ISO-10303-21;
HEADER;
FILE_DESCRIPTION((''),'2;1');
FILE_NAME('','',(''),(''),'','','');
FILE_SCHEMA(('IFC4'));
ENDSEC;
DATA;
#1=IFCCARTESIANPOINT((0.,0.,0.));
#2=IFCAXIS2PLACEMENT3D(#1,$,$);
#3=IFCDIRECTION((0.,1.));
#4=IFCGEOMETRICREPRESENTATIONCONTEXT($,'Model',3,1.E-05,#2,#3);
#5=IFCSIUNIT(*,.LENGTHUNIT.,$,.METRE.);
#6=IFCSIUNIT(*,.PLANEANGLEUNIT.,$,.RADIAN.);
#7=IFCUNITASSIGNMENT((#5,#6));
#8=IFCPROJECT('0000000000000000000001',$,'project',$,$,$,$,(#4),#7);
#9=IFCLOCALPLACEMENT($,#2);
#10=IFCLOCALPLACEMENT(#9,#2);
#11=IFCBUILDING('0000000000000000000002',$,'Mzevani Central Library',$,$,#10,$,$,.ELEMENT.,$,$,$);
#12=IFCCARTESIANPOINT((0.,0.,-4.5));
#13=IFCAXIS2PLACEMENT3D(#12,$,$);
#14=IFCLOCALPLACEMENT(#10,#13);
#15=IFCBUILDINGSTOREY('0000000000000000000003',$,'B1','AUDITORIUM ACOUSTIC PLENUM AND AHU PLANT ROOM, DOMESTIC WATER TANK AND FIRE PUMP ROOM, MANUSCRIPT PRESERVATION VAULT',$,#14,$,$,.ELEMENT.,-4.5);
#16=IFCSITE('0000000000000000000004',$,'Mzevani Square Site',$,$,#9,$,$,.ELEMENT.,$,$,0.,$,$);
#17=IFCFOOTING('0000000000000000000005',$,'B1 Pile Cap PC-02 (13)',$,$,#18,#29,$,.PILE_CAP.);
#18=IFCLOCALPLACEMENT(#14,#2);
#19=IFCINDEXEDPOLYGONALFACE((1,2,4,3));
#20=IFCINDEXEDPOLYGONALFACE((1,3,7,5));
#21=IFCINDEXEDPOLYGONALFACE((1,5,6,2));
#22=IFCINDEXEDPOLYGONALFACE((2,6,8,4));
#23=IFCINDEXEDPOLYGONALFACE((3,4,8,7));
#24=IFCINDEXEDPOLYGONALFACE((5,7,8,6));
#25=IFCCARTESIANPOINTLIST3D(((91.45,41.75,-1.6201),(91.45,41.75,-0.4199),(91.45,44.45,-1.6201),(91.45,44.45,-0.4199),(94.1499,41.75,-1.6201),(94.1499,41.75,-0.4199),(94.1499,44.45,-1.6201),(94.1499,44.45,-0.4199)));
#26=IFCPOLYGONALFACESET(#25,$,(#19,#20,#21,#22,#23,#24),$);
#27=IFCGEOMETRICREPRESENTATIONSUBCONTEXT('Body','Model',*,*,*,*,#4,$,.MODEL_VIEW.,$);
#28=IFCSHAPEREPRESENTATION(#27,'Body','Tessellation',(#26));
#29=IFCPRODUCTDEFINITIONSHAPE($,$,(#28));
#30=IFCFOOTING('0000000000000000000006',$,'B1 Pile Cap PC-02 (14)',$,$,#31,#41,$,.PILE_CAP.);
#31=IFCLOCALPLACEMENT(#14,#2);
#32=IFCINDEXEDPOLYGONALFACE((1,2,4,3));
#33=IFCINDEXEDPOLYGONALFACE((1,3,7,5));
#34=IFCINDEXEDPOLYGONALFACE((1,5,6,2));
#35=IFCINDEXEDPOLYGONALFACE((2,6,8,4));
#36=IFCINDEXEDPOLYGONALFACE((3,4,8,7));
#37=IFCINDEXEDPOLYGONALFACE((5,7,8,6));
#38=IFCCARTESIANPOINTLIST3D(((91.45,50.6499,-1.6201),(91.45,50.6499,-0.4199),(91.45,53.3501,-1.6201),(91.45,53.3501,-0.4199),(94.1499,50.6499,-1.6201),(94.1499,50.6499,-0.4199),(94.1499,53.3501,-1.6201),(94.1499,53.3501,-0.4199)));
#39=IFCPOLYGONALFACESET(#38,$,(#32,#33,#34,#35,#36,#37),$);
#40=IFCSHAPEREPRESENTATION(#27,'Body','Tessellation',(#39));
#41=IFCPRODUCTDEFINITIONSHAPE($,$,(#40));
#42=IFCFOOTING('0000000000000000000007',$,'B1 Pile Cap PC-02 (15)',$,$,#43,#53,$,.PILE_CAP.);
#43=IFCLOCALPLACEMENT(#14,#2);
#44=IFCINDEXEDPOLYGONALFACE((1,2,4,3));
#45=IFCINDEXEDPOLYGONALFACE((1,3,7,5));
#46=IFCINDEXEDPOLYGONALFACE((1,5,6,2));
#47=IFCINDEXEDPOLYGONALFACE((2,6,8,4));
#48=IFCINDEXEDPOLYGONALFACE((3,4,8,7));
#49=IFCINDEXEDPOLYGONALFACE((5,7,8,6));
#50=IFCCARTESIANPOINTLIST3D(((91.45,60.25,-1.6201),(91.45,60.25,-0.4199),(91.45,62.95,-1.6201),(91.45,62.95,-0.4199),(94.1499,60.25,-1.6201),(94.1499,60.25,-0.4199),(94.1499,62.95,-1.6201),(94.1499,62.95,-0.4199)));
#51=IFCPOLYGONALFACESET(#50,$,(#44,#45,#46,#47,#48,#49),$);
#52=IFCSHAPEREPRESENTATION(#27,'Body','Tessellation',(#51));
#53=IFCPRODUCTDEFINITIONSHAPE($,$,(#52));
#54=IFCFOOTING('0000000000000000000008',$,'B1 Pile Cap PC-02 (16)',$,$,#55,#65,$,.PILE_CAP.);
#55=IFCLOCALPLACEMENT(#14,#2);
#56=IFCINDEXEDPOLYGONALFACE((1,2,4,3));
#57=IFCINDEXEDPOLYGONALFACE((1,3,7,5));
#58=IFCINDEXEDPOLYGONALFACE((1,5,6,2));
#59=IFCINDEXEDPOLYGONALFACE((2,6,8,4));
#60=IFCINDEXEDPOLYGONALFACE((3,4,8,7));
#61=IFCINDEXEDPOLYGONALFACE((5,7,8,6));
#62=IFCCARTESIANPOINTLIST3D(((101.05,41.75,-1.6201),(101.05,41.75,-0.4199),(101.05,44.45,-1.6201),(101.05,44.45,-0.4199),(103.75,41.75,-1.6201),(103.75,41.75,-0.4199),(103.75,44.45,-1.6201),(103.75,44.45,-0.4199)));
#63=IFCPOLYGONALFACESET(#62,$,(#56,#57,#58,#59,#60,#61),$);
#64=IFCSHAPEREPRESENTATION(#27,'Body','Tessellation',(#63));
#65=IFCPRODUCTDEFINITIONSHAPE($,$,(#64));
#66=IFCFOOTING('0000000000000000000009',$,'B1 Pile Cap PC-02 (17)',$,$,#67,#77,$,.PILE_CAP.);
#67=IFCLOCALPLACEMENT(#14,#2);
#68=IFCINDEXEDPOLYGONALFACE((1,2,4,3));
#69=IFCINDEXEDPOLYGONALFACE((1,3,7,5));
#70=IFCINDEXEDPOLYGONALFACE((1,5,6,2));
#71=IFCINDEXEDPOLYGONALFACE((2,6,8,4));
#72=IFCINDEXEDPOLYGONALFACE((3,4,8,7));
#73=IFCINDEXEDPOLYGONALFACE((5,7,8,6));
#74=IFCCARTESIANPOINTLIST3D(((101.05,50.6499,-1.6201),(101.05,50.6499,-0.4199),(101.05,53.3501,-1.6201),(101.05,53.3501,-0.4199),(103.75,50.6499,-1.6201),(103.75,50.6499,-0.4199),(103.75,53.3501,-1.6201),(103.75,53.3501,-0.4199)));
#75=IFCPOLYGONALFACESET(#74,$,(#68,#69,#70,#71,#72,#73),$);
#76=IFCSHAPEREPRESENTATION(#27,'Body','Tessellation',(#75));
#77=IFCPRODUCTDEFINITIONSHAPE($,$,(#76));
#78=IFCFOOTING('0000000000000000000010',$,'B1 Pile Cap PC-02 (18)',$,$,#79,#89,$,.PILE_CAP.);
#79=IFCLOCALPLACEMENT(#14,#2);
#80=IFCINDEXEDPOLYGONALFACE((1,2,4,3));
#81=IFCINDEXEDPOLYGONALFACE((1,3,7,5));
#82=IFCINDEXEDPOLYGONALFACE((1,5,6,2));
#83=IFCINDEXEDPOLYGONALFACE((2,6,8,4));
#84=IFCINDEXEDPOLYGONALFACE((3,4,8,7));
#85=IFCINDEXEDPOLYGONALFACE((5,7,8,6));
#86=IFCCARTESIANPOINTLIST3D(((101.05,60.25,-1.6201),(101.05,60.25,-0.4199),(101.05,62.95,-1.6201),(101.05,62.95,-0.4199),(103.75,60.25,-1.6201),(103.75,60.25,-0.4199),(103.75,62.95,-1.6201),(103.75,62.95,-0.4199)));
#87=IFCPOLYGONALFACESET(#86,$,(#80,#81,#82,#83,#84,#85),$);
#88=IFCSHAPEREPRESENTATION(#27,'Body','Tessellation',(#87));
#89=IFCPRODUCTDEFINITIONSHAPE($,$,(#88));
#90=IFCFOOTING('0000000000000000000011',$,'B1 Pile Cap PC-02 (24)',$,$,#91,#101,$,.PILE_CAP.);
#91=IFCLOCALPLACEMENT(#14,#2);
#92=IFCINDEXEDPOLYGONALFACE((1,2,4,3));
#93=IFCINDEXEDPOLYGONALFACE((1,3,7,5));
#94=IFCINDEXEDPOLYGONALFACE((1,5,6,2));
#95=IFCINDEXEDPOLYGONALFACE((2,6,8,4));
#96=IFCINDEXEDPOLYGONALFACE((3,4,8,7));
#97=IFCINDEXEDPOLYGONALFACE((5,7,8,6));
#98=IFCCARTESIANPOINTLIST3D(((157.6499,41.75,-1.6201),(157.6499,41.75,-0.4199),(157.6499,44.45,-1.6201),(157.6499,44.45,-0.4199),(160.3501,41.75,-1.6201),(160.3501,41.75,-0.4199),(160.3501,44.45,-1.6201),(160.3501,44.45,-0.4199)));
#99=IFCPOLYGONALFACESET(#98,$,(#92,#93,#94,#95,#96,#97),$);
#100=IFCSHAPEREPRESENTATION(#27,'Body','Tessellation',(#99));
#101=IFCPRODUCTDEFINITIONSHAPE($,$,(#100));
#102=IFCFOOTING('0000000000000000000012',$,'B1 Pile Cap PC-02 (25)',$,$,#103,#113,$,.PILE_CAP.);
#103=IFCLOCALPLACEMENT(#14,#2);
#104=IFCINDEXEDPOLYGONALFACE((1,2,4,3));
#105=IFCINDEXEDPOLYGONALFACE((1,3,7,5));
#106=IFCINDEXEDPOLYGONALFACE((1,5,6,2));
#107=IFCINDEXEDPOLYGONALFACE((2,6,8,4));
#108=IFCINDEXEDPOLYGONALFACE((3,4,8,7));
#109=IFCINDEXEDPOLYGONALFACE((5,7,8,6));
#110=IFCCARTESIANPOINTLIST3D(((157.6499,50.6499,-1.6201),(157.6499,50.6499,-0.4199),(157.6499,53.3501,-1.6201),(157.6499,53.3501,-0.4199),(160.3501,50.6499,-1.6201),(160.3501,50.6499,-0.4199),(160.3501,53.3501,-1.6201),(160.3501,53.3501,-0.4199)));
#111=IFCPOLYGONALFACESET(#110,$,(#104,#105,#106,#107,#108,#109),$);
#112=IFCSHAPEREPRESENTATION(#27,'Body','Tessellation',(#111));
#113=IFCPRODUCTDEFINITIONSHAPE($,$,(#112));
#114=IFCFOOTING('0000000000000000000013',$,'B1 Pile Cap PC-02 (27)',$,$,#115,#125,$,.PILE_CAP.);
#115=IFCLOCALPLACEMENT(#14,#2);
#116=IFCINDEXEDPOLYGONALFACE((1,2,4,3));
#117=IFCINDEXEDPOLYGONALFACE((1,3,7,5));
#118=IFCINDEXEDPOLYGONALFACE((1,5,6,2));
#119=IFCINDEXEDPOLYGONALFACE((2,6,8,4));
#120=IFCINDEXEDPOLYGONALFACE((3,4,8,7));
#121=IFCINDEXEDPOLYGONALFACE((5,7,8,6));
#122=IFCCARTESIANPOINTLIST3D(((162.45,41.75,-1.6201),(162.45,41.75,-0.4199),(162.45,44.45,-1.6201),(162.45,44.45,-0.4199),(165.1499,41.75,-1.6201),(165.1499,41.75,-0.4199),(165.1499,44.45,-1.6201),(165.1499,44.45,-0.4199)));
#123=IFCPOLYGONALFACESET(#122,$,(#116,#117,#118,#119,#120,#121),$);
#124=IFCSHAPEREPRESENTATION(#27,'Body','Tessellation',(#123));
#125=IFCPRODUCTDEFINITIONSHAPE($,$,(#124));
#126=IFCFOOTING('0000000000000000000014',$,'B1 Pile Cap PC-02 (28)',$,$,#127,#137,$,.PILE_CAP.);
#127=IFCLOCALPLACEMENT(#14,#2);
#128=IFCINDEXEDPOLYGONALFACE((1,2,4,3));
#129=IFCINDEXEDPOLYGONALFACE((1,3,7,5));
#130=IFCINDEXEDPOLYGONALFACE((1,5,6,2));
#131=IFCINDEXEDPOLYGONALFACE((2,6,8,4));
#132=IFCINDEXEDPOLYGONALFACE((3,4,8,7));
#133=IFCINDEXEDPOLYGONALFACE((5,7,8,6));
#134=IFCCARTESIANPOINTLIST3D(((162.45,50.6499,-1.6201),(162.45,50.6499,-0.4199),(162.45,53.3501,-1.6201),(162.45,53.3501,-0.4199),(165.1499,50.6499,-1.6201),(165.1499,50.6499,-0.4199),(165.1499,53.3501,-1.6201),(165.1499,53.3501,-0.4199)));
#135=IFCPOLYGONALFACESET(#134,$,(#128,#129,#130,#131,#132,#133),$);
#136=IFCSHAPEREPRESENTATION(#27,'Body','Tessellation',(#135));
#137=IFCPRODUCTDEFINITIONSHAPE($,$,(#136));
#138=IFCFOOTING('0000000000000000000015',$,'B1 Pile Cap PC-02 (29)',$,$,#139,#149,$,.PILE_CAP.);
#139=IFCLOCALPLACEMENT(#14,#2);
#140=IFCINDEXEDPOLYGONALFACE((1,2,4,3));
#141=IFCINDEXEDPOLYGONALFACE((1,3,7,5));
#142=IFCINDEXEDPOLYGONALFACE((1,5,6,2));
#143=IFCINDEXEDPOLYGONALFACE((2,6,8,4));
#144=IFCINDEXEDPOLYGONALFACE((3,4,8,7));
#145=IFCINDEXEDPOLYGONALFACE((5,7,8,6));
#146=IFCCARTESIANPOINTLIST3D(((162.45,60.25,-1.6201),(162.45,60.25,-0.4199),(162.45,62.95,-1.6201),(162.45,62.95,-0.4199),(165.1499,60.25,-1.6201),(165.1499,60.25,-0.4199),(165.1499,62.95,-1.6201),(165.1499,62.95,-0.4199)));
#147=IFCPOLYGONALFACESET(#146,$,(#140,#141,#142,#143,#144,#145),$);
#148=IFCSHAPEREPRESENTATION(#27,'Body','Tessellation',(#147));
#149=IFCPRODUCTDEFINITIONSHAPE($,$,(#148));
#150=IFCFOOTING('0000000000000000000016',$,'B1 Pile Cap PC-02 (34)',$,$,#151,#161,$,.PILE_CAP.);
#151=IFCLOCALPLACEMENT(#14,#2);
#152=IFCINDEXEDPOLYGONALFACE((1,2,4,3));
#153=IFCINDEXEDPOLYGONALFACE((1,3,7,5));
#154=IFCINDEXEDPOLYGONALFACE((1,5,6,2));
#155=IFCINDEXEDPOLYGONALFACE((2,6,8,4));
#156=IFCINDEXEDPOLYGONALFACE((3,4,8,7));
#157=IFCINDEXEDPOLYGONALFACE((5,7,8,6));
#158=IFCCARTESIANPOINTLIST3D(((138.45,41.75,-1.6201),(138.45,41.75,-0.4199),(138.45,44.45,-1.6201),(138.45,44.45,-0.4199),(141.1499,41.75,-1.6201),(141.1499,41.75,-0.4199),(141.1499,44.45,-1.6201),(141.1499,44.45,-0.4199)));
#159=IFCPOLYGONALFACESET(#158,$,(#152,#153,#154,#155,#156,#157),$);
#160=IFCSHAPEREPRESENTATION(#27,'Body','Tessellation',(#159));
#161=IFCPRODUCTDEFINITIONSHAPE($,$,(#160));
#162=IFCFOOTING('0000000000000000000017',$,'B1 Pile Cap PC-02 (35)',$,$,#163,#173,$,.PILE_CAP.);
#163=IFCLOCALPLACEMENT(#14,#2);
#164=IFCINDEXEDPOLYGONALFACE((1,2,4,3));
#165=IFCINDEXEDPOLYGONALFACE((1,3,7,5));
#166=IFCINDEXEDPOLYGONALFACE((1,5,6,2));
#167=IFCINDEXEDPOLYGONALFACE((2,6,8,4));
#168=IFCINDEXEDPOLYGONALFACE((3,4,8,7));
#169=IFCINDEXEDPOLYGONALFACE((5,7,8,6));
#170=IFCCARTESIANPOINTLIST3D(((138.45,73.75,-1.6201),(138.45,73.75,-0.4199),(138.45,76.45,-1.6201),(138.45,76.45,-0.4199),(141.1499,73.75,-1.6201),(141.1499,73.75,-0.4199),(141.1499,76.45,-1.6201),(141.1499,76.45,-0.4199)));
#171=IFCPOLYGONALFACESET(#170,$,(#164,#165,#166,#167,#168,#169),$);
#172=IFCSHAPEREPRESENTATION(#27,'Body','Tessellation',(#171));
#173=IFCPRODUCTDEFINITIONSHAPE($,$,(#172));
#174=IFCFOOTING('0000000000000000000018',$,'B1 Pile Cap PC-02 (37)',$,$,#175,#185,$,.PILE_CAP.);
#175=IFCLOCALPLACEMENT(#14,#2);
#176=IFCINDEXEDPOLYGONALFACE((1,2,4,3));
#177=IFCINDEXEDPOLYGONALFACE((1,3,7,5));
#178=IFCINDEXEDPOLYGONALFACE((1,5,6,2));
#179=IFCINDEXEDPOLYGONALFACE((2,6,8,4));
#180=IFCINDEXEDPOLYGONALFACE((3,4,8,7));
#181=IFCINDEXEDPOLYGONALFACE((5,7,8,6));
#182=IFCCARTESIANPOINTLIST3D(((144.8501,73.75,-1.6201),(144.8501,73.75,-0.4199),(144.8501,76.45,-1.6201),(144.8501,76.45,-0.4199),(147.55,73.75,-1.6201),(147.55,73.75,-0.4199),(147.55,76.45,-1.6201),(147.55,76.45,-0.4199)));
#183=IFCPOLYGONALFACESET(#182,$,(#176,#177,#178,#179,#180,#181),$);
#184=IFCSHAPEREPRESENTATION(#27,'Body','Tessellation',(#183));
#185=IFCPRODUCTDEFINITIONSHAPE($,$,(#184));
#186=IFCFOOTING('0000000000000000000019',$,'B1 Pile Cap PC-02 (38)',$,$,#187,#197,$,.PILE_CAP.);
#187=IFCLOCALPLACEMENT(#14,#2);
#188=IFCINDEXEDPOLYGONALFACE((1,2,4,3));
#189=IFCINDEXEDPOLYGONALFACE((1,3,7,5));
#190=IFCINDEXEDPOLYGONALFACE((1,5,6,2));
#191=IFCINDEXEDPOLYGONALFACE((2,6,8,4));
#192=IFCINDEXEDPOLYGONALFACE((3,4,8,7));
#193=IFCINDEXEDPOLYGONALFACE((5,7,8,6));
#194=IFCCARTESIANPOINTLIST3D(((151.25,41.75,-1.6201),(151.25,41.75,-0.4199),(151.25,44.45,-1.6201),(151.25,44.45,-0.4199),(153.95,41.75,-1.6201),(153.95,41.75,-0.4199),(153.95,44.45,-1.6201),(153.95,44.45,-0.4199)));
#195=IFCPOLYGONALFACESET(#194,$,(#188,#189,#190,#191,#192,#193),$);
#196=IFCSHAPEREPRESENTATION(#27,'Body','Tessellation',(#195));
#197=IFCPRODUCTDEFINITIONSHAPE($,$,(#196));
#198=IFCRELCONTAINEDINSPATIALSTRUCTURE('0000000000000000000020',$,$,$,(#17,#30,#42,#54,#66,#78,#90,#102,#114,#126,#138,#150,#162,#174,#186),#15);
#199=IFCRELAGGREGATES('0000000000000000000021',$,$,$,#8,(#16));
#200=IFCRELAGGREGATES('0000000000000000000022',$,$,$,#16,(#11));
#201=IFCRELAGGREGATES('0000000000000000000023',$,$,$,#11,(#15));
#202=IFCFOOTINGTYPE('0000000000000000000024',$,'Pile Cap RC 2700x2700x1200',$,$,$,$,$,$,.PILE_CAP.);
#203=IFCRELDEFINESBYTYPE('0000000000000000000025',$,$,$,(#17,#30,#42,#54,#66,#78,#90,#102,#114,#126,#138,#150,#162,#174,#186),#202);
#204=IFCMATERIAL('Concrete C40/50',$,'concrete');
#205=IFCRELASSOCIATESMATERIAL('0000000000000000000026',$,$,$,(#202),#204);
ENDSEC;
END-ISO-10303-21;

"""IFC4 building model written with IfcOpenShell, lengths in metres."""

from ifc_helpers import new_model, si_unit, direction, frame, origin, place, context, subcontext, project, spatial, polyline, outline, extrude, material, type_object, element, save


model = new_model("IFC4")

# Units and contexts
model_context = context("Model", 3, precision=1e-05, world=origin(), true_north=direction((0.0, 1.0)))
body_context = subcontext(model_context, "Body", "Model", "MODEL_VIEW")
ifc_project = project(units=[si_unit("LENGTHUNIT", "METRE"), si_unit("PLANEANGLEUNIT", "RADIAN")], contexts=[model_context])

# Site, building, storey
site_placement = place(None, origin())
site = spatial("IfcSite", under=ifc_project, at=site_placement, Name="Mzevani Square Site", CompositionType="ELEMENT", RefElevation=0.0)
building_placement = place(site_placement, origin())
building = spatial("IfcBuilding", under=site, at=building_placement, Name="Mzevani Central Library", CompositionType="ELEMENT")
storey_placement = place(building_placement, frame((0.0, 0.0, -4.5)))
storey = spatial("IfcBuildingStorey", under=building, at=storey_placement, Name="B1", Description="AUDITORIUM ACOUSTIC PLENUM AND AHU PLANT ROOM, DOMESTIC WATER TANK AND FIRE PUMP ROOM, MANUSCRIPT PRESERVATION VAULT", CompositionType="ELEMENT", Elevation=-4.5)

# Footings
ifc_material = material(Name="Concrete C40/50", Category="concrete")
footing_type = type_object("IfcFootingType", Name="Pile Cap RC 2700x2700x1200", PredefinedType="PILE_CAP", material=ifc_material)
footing_1_placement = place(storey_placement, frame((0.0, 0.0, -1.6201)))
element("IfcFooting", 1, at=footing_1_placement, inside=storey, type_object=footing_type, Name="B1 Pile Cap PC-02 (13)", PredefinedType="PILE_CAP", context=body_context, shape_type="SweptSolid", body=[
    extrude(outline(polyline([(91.45, 41.75), (94.1499, 41.75), (94.1499, 44.45), (91.45, 44.45), (91.45, 41.75)])), origin(), (0.0, 0.0, 1.0), 1.2002),
])
footing_2_placement = place(storey_placement, frame((0.0, 0.0, -1.6201)))
element("IfcFooting", 2, at=footing_2_placement, inside=storey, type_object=footing_type, Name="B1 Pile Cap PC-02 (14)", PredefinedType="PILE_CAP", context=body_context, shape_type="SweptSolid", body=[
    extrude(outline(polyline([(91.45, 50.6499), (94.1499, 50.6499), (94.1499, 53.3501), (91.45, 53.3501), (91.45, 50.6499)])), origin(), (0.0, 0.0, 1.0), 1.2002),
])
footing_3_placement = place(storey_placement, frame((0.0, 0.0, -1.6201)))
element("IfcFooting", 3, at=footing_3_placement, inside=storey, type_object=footing_type, Name="B1 Pile Cap PC-02 (15)", PredefinedType="PILE_CAP", context=body_context, shape_type="SweptSolid", body=[
    extrude(outline(polyline([(91.45, 60.25), (94.1499, 60.25), (94.1499, 62.95), (91.45, 62.95), (91.45, 60.25)])), origin(), (0.0, 0.0, 1.0), 1.2002),
])
footing_4_placement = place(storey_placement, frame((0.0, 0.0, -1.6201)))
element("IfcFooting", 4, at=footing_4_placement, inside=storey, type_object=footing_type, Name="B1 Pile Cap PC-02 (16)", PredefinedType="PILE_CAP", context=body_context, shape_type="SweptSolid", body=[
    extrude(outline(polyline([(101.05, 41.75), (103.75, 41.75), (103.75, 44.45), (101.05, 44.45), (101.05, 41.75)])), origin(), (0.0, 0.0, 1.0), 1.2002),
])
footing_5_placement = place(storey_placement, frame((0.0, 0.0, -1.6201)))
element("IfcFooting", 5, at=footing_5_placement, inside=storey, type_object=footing_type, Name="B1 Pile Cap PC-02 (17)", PredefinedType="PILE_CAP", context=body_context, shape_type="SweptSolid", body=[
    extrude(outline(polyline([(101.05, 50.6499), (103.75, 50.6499), (103.75, 53.3501), (101.05, 53.3501), (101.05, 50.6499)])), origin(), (0.0, 0.0, 1.0), 1.2002),
])
footing_6_placement = place(storey_placement, frame((0.0, 0.0, -1.6201)))
element("IfcFooting", 6, at=footing_6_placement, inside=storey, type_object=footing_type, Name="B1 Pile Cap PC-02 (18)", PredefinedType="PILE_CAP", context=body_context, shape_type="SweptSolid", body=[
    extrude(outline(polyline([(101.05, 60.25), (103.75, 60.25), (103.75, 62.95), (101.05, 62.95), (101.05, 60.25)])), origin(), (0.0, 0.0, 1.0), 1.2002),
])
footing_7_placement = place(storey_placement, frame((0.0, 0.0, -1.6201)))
element("IfcFooting", 7, at=footing_7_placement, inside=storey, type_object=footing_type, Name="B1 Pile Cap PC-02 (24)", PredefinedType="PILE_CAP", context=body_context, shape_type="SweptSolid", body=[
    extrude(outline(polyline([(157.6499, 41.75), (160.3501, 41.75), (160.3501, 44.45), (157.6499, 44.45), (157.6499, 41.75)])), origin(), (0.0, 0.0, 1.0), 1.2002),
])
footing_8_placement = place(storey_placement, frame((0.0, 0.0, -1.6201)))
element("IfcFooting", 8, at=footing_8_placement, inside=storey, type_object=footing_type, Name="B1 Pile Cap PC-02 (25)", PredefinedType="PILE_CAP", context=body_context, shape_type="SweptSolid", body=[
    extrude(outline(polyline([(157.6499, 50.6499), (160.3501, 50.6499), (160.3501, 53.3501), (157.6499, 53.3501), (157.6499, 50.6499)])), origin(), (0.0, 0.0, 1.0), 1.2002),
])
footing_9_placement = place(storey_placement, frame((0.0, 0.0, -1.6201)))
element("IfcFooting", 9, at=footing_9_placement, inside=storey, type_object=footing_type, Name="B1 Pile Cap PC-02 (27)", PredefinedType="PILE_CAP", context=body_context, shape_type="SweptSolid", body=[
    extrude(outline(polyline([(162.45, 41.75), (165.1499, 41.75), (165.1499, 44.45), (162.45, 44.45), (162.45, 41.75)])), origin(), (0.0, 0.0, 1.0), 1.2002),
])
footing_10_placement = place(storey_placement, frame((0.0, 0.0, -1.6201)))
element("IfcFooting", 10, at=footing_10_placement, inside=storey, type_object=footing_type, Name="B1 Pile Cap PC-02 (28)", PredefinedType="PILE_CAP", context=body_context, shape_type="SweptSolid", body=[
    extrude(outline(polyline([(162.45, 50.6499), (165.1499, 50.6499), (165.1499, 53.3501), (162.45, 53.3501), (162.45, 50.6499)])), origin(), (0.0, 0.0, 1.0), 1.2002),
])
footing_11_placement = place(storey_placement, frame((0.0, 0.0, -1.6201)))
element("IfcFooting", 11, at=footing_11_placement, inside=storey, type_object=footing_type, Name="B1 Pile Cap PC-02 (29)", PredefinedType="PILE_CAP", context=body_context, shape_type="SweptSolid", body=[
    extrude(outline(polyline([(162.45, 60.25), (165.1499, 60.25), (165.1499, 62.95), (162.45, 62.95), (162.45, 60.25)])), origin(), (0.0, 0.0, 1.0), 1.2002),
])
footing_12_placement = place(storey_placement, frame((0.0, 0.0, -1.6201)))
element("IfcFooting", 12, at=footing_12_placement, inside=storey, type_object=footing_type, Name="B1 Pile Cap PC-02 (34)", PredefinedType="PILE_CAP", context=body_context, shape_type="SweptSolid", body=[
    extrude(outline(polyline([(138.45, 41.75), (141.1499, 41.75), (141.1499, 44.45), (138.45, 44.45), (138.45, 41.75)])), origin(), (0.0, 0.0, 1.0), 1.2002),
])
footing_13_placement = place(storey_placement, frame((0.0, 0.0, -1.6201)))
element("IfcFooting", 13, at=footing_13_placement, inside=storey, type_object=footing_type, Name="B1 Pile Cap PC-02 (35)", PredefinedType="PILE_CAP", context=body_context, shape_type="SweptSolid", body=[
    extrude(outline(polyline([(138.45, 73.75), (141.1499, 73.75), (141.1499, 76.45), (138.45, 76.45), (138.45, 73.75)])), origin(), (0.0, 0.0, 1.0), 1.2002),
])
footing_14_placement = place(storey_placement, frame((0.0, 0.0, -1.6201)))
element("IfcFooting", 14, at=footing_14_placement, inside=storey, type_object=footing_type, Name="B1 Pile Cap PC-02 (37)", PredefinedType="PILE_CAP", context=body_context, shape_type="SweptSolid", body=[
    extrude(outline(polyline([(144.8501, 73.75), (147.55, 73.75), (147.55, 76.45), (144.8501, 76.45), (144.8501, 73.75)])), origin(), (0.0, 0.0, 1.0), 1.2002),
])
footing_15_placement = place(storey_placement, frame((0.0, 0.0, -1.6201)))
element("IfcFooting", 15, at=footing_15_placement, inside=storey, type_object=footing_type, Name="B1 Pile Cap PC-02 (38)", PredefinedType="PILE_CAP", context=body_context, shape_type="SweptSolid", body=[
    extrude(outline(polyline([(151.25, 41.75), (153.95, 41.75), (153.95, 44.45), (151.25, 44.45), (151.25, 41.75)])), origin(), (0.0, 0.0, 1.0), 1.2002),
])

save(model, "model.ifc")
